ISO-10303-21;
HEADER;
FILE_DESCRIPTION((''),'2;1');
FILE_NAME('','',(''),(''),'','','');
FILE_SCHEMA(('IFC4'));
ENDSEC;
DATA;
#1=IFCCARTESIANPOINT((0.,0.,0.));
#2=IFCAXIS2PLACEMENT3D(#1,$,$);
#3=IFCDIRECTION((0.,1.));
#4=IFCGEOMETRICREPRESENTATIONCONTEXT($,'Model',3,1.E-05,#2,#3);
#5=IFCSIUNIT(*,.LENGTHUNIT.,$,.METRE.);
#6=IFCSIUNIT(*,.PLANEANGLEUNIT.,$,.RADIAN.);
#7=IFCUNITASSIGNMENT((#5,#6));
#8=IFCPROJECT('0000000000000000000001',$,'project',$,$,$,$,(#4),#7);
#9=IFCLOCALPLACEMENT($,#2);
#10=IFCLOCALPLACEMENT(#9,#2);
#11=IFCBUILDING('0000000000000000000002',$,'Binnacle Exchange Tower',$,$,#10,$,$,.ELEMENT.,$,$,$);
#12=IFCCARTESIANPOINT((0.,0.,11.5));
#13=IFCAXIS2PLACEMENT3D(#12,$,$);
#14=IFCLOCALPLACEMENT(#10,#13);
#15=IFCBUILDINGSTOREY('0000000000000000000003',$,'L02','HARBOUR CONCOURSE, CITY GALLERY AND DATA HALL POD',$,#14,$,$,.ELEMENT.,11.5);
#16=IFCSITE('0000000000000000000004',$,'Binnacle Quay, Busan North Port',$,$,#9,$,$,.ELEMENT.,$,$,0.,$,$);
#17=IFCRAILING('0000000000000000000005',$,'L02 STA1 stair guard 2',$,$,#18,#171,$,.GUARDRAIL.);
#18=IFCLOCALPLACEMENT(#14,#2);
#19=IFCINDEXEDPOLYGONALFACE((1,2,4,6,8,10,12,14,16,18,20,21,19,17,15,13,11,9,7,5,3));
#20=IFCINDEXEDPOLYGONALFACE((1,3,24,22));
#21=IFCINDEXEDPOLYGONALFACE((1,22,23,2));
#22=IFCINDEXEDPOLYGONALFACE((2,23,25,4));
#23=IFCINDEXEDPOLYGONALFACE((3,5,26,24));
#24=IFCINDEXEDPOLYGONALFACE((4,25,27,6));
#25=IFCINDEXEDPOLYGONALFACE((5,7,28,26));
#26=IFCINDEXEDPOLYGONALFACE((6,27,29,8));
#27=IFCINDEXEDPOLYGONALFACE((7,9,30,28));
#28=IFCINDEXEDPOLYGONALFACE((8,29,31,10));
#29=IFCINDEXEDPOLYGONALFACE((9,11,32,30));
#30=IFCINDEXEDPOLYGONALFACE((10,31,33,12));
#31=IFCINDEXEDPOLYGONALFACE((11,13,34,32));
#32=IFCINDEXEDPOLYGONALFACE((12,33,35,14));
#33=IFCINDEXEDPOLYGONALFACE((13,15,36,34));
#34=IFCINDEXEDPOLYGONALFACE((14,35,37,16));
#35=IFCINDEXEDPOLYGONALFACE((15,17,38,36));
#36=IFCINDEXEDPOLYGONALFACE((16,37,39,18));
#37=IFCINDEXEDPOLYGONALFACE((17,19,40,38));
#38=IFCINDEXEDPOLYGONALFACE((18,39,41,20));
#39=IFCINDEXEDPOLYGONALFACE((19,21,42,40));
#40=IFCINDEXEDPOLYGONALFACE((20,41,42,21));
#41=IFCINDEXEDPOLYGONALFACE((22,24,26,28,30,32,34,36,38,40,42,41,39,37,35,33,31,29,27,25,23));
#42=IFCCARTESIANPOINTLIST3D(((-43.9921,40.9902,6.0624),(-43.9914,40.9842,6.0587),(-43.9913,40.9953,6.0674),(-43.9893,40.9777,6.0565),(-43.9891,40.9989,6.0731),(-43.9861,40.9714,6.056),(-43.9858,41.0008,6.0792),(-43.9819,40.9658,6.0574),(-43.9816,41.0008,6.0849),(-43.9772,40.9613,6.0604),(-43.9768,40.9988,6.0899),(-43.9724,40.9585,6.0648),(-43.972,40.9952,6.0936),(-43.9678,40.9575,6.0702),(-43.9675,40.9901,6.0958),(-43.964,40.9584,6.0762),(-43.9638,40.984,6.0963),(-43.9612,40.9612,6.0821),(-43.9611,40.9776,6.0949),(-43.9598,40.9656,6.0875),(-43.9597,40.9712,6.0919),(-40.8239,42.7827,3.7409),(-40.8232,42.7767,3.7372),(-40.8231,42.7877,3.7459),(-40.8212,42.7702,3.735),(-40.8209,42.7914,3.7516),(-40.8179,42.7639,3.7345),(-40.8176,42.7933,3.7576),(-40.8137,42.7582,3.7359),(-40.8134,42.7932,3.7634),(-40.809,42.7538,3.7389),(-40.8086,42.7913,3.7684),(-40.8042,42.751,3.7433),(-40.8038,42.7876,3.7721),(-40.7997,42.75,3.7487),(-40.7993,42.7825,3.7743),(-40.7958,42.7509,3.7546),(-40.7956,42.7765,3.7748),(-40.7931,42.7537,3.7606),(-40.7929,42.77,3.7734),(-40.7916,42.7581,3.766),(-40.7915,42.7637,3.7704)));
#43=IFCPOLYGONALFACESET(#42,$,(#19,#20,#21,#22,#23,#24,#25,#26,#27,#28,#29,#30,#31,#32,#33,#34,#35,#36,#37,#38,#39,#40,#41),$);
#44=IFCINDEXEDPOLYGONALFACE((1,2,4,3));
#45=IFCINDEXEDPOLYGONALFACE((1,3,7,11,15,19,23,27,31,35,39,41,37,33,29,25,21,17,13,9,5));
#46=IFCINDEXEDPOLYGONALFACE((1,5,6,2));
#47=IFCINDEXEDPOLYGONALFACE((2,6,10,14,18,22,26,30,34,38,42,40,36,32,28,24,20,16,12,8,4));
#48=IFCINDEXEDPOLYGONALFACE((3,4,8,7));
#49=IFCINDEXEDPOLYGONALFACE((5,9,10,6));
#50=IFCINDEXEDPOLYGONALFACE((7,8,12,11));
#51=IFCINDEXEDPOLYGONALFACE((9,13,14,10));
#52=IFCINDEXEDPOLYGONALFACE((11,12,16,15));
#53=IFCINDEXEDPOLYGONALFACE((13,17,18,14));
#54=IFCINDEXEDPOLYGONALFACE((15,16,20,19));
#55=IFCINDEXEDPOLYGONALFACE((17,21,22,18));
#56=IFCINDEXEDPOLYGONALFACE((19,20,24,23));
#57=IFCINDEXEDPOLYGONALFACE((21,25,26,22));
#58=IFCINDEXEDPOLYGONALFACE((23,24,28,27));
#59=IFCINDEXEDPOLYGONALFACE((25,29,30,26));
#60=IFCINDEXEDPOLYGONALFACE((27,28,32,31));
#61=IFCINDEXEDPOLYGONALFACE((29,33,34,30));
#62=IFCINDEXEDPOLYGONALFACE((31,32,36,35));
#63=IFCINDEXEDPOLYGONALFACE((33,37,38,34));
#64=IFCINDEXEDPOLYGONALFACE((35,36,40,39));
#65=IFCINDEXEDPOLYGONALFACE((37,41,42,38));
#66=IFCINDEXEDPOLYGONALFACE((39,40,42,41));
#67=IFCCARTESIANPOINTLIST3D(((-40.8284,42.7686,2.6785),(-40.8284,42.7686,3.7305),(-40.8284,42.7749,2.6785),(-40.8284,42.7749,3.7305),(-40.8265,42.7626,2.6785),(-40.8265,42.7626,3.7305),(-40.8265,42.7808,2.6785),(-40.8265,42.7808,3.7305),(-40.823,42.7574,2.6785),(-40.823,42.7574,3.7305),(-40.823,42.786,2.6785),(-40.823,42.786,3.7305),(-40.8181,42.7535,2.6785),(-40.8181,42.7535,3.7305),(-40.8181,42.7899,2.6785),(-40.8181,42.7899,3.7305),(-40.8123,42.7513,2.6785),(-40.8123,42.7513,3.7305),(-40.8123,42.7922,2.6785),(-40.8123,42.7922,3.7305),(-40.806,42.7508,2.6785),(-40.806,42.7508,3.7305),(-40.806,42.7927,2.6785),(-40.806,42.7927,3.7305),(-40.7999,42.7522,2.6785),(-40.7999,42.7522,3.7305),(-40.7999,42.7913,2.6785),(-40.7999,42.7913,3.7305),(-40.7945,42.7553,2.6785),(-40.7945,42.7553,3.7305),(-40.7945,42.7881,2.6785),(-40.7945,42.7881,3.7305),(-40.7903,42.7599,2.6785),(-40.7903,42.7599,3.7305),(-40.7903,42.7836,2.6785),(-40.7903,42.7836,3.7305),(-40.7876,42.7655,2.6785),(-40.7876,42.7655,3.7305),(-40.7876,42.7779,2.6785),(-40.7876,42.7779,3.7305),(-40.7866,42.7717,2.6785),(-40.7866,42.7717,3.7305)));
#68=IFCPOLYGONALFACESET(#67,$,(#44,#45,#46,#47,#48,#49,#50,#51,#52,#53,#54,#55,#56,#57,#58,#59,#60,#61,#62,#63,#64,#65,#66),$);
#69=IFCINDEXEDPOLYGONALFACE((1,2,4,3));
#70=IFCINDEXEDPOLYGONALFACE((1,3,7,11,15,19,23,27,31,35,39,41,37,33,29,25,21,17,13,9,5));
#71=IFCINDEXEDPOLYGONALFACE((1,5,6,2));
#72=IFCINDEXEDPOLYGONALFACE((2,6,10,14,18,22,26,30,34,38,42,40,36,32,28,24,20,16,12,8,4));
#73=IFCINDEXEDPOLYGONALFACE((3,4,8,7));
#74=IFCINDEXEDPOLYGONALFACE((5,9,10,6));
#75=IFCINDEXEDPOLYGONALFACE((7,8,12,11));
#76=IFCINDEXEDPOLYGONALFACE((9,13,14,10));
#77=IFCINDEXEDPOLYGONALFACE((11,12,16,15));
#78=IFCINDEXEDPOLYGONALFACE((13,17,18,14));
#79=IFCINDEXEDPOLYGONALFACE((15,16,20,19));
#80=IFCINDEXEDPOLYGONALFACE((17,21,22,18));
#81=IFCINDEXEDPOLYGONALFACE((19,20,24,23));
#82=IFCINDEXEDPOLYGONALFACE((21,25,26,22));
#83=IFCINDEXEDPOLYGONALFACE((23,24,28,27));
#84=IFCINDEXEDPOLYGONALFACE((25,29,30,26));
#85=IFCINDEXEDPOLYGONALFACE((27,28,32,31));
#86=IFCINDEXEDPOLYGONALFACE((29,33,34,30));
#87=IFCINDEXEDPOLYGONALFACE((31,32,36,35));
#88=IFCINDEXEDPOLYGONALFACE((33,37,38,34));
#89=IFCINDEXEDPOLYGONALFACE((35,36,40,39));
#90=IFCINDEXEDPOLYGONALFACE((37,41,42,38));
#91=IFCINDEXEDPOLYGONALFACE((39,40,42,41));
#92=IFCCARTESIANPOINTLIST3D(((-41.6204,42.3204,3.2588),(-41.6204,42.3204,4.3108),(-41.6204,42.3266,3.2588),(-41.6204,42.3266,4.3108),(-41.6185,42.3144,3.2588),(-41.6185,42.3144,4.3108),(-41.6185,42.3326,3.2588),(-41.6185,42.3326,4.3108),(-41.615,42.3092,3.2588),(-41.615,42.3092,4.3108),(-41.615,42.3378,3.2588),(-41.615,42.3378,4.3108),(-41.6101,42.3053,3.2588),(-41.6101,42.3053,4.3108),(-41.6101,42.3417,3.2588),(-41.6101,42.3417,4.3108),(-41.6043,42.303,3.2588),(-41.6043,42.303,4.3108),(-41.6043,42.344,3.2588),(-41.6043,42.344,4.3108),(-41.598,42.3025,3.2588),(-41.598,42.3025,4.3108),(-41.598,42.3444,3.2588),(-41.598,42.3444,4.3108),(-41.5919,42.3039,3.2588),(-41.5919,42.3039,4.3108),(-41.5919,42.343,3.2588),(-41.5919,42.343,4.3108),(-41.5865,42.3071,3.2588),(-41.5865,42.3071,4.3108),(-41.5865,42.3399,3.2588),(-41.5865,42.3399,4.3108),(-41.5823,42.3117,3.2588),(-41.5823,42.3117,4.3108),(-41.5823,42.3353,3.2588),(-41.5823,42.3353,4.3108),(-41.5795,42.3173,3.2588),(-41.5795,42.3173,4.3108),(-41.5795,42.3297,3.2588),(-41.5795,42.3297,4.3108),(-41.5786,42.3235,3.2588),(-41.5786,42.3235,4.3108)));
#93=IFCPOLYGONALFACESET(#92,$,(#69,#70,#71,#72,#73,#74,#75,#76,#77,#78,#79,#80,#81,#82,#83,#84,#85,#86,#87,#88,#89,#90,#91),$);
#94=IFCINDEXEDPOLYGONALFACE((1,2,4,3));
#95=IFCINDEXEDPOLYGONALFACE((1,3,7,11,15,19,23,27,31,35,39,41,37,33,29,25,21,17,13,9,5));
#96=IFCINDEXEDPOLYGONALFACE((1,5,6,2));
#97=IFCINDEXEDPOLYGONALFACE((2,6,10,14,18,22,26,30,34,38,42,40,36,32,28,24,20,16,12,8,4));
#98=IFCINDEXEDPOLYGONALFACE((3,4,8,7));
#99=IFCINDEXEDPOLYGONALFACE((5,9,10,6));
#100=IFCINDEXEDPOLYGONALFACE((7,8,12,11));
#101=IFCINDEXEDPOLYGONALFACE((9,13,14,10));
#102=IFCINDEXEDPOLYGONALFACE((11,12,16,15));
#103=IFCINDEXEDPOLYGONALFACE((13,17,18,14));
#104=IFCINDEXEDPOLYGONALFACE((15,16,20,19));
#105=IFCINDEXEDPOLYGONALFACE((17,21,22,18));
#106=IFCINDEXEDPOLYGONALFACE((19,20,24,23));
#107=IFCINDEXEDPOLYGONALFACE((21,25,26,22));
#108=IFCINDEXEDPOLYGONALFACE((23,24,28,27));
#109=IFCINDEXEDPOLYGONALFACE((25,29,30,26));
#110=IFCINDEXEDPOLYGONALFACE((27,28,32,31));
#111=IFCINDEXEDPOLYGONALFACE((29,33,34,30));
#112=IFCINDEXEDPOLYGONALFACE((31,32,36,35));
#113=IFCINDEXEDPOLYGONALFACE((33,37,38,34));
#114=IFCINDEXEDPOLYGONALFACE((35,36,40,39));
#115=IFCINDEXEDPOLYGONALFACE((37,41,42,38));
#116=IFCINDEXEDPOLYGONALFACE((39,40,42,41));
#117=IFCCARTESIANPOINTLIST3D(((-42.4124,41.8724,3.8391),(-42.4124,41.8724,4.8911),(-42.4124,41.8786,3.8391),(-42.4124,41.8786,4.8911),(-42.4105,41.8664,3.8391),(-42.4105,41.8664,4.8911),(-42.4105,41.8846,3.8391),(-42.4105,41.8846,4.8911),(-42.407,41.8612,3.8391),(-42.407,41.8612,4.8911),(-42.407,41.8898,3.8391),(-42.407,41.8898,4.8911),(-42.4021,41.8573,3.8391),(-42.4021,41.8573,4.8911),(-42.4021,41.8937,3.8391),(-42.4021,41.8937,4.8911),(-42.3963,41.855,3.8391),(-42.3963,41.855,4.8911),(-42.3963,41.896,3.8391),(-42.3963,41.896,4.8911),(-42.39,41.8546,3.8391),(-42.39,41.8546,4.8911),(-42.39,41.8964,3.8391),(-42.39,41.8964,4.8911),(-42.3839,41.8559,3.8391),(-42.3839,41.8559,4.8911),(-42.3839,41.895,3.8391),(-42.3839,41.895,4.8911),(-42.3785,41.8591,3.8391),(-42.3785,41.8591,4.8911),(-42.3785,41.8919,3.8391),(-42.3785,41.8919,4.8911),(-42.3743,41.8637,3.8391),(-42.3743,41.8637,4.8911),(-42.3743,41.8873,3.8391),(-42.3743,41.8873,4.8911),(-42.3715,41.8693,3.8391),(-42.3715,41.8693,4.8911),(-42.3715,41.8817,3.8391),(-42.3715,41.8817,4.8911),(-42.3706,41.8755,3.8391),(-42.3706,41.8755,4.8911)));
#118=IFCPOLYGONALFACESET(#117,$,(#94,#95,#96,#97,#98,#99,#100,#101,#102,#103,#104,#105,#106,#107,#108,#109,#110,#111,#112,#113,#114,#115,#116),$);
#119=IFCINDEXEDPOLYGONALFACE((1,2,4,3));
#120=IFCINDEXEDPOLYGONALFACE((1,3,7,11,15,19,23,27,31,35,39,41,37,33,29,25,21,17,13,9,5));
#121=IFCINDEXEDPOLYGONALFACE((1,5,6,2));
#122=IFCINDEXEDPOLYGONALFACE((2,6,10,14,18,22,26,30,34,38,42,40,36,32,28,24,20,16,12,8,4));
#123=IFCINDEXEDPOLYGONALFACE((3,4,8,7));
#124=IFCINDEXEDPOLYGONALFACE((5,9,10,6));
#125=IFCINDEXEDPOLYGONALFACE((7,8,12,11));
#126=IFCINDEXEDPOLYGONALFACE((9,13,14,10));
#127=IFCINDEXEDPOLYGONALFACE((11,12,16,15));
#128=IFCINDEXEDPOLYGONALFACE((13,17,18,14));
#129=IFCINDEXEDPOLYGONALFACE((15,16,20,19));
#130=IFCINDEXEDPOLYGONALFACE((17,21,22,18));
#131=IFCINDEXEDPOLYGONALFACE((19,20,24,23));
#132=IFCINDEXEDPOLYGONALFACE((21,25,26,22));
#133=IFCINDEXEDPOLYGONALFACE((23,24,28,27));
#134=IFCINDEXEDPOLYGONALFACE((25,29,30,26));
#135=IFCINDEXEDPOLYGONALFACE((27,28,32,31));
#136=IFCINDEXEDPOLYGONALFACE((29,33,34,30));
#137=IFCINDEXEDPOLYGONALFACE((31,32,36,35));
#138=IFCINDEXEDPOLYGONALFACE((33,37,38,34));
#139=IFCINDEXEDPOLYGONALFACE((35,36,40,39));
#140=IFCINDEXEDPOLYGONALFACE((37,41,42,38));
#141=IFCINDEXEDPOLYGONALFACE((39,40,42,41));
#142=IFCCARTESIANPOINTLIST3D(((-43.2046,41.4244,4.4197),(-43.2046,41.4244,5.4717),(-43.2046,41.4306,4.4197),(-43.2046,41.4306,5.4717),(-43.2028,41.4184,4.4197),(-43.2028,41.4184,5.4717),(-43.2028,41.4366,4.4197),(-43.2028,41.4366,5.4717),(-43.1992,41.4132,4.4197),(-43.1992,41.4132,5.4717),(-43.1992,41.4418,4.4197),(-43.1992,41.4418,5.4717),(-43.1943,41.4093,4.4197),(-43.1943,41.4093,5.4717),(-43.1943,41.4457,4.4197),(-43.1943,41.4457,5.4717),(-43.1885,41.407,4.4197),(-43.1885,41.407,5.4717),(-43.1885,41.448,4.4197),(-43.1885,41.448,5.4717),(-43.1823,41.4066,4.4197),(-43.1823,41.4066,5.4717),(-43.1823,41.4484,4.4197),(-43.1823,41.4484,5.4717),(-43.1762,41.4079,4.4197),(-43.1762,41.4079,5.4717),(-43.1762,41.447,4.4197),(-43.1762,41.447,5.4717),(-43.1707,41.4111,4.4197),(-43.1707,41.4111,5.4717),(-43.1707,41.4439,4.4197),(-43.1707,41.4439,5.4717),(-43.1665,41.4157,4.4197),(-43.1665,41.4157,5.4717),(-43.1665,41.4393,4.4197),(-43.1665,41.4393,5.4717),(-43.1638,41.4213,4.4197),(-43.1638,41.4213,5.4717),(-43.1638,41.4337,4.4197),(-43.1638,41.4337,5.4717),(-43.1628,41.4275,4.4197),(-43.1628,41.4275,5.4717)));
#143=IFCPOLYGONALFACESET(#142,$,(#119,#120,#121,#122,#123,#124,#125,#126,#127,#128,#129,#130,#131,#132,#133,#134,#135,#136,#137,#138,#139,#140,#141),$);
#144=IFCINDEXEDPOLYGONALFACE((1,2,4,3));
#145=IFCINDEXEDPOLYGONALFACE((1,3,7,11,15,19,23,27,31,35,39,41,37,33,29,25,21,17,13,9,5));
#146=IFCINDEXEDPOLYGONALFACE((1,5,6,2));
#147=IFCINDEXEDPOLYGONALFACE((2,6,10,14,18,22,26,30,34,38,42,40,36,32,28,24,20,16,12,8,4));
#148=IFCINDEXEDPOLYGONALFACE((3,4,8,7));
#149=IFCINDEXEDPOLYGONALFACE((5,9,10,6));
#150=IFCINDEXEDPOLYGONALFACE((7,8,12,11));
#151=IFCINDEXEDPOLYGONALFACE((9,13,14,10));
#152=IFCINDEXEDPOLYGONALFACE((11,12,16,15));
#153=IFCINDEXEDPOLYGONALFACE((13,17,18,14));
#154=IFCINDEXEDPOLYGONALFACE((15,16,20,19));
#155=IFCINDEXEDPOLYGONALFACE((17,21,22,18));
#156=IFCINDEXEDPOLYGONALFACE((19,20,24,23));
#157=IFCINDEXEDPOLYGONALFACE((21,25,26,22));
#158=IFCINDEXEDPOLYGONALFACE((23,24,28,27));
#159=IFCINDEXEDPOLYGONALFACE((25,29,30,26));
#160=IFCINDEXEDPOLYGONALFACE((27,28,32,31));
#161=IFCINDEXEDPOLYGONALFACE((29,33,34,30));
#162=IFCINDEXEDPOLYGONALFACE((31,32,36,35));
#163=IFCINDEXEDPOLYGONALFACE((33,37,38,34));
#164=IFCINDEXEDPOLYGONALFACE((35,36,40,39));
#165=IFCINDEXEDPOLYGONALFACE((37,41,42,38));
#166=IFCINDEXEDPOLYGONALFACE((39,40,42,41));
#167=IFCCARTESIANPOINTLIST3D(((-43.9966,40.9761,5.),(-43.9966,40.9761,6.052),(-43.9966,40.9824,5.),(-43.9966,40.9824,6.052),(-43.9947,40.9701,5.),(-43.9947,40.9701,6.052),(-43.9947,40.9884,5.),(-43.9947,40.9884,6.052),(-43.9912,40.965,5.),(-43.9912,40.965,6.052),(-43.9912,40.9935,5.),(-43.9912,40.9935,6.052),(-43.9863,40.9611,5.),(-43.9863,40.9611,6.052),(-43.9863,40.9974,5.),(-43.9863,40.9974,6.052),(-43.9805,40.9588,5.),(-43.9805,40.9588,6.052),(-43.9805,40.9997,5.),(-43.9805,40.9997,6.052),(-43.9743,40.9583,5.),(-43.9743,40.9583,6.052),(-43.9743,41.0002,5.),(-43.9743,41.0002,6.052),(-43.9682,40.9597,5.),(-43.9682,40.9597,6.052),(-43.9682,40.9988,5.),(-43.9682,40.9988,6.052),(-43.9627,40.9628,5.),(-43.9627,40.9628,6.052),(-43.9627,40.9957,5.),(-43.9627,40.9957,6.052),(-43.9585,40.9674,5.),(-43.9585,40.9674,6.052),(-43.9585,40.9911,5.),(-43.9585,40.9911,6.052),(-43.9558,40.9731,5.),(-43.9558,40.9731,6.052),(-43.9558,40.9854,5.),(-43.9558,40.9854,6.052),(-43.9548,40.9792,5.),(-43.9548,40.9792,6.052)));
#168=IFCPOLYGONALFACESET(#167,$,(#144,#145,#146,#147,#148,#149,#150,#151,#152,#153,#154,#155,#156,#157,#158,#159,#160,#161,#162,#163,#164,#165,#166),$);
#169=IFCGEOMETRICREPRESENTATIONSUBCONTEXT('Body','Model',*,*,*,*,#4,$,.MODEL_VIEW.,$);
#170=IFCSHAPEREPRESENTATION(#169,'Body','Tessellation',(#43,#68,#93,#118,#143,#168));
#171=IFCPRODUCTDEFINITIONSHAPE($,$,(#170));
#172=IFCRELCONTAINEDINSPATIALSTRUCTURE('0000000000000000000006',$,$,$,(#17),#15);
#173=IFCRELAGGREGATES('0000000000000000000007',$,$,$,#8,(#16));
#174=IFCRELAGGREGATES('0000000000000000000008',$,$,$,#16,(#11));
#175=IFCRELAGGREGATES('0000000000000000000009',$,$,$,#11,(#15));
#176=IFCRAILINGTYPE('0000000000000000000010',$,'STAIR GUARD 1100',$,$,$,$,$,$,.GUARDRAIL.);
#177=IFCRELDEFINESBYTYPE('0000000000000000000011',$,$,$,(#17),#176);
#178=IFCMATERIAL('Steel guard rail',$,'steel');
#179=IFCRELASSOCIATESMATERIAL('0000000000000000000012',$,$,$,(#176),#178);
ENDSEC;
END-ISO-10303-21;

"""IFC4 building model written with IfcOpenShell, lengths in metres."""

from ifc_helpers import new_model, si_unit, direction, frame, origin, origin_2d, place, context, subcontext, project, spatial, circle, extrude, material, type_object, element, save


model = new_model("IFC4")

# Units and contexts
model_context = context("Model", 3, precision=1e-05, world=origin(), true_north=direction((0.0, 1.0)))
body_context = subcontext(model_context, "Body", "Model", "MODEL_VIEW")
ifc_project = project(units=[si_unit("LENGTHUNIT", "METRE"), si_unit("PLANEANGLEUNIT", "RADIAN")], contexts=[model_context])

# Site, building, storey
site_placement = place(None, origin())
site = spatial("IfcSite", under=ifc_project, at=site_placement, Name="Binnacle Quay, Busan North Port", CompositionType="ELEMENT", RefElevation=0.0)
building_placement = place(site_placement, origin())
building = spatial("IfcBuilding", under=site, at=building_placement, Name="Binnacle Exchange Tower", CompositionType="ELEMENT")
storey_placement = place(building_placement, frame((0.0, 0.0, 11.5)))
storey = spatial("IfcBuildingStorey", under=building, at=storey_placement, Name="L02", Description="HARBOUR CONCOURSE, CITY GALLERY AND DATA HALL POD", CompositionType="ELEMENT", Elevation=11.5)

# Railing
ifc_material_1 = material(Name="Steel guard rail", Category="steel")
railing_type = type_object("IfcRailingType", Name="STAIR GUARD 1100", PredefinedType="GUARDRAIL", material=ifc_material_1)
railing_placement = place(storey_placement, frame((-40.8076, 42.7717, 2.6785)))
element("IfcRailing", 1, at=railing_placement, inside=storey, type_object=railing_type, Name="L02 STA1 stair guard 2", PredefinedType="GUARDRAIL", context=body_context, shape_type="SweptSolid", body=[
    extrude(circle(Radius=0.0239, at=origin_2d()), frame((0.0, 0.0, 1.0762), z_axis=(-0.733822, -0.415174, 0.537714), x_axis=(0.492422, -0.870357, 0.0)), (0.0, 0.0, 1.0), 4.3174),
    extrude(circle(Radius=0.021, at=origin_2d()), origin(), (0.0, 0.0, 1.0), 1.052),
    extrude(circle(Radius=0.021, at=origin_2d()), frame((-0.792, -0.4482, 0.5803)), (0.0, 0.0, 1.0), 1.052),
    extrude(circle(Radius=0.021, at=origin_2d()), frame((-1.584, -0.8962, 1.1606)), (0.0, 0.0, 1.0), 1.052),
    extrude(circle(Radius=0.021, at=origin_2d()), frame((-2.3762, -1.3442, 1.7412)), (0.0, 0.0, 1.0), 1.052),
    extrude(circle(Radius=0.021, at=origin_2d()), frame((-3.1682, -1.7925, 2.3215)), (0.0, 0.0, 1.0), 1.052),
])

save(model, "model.ifc")
